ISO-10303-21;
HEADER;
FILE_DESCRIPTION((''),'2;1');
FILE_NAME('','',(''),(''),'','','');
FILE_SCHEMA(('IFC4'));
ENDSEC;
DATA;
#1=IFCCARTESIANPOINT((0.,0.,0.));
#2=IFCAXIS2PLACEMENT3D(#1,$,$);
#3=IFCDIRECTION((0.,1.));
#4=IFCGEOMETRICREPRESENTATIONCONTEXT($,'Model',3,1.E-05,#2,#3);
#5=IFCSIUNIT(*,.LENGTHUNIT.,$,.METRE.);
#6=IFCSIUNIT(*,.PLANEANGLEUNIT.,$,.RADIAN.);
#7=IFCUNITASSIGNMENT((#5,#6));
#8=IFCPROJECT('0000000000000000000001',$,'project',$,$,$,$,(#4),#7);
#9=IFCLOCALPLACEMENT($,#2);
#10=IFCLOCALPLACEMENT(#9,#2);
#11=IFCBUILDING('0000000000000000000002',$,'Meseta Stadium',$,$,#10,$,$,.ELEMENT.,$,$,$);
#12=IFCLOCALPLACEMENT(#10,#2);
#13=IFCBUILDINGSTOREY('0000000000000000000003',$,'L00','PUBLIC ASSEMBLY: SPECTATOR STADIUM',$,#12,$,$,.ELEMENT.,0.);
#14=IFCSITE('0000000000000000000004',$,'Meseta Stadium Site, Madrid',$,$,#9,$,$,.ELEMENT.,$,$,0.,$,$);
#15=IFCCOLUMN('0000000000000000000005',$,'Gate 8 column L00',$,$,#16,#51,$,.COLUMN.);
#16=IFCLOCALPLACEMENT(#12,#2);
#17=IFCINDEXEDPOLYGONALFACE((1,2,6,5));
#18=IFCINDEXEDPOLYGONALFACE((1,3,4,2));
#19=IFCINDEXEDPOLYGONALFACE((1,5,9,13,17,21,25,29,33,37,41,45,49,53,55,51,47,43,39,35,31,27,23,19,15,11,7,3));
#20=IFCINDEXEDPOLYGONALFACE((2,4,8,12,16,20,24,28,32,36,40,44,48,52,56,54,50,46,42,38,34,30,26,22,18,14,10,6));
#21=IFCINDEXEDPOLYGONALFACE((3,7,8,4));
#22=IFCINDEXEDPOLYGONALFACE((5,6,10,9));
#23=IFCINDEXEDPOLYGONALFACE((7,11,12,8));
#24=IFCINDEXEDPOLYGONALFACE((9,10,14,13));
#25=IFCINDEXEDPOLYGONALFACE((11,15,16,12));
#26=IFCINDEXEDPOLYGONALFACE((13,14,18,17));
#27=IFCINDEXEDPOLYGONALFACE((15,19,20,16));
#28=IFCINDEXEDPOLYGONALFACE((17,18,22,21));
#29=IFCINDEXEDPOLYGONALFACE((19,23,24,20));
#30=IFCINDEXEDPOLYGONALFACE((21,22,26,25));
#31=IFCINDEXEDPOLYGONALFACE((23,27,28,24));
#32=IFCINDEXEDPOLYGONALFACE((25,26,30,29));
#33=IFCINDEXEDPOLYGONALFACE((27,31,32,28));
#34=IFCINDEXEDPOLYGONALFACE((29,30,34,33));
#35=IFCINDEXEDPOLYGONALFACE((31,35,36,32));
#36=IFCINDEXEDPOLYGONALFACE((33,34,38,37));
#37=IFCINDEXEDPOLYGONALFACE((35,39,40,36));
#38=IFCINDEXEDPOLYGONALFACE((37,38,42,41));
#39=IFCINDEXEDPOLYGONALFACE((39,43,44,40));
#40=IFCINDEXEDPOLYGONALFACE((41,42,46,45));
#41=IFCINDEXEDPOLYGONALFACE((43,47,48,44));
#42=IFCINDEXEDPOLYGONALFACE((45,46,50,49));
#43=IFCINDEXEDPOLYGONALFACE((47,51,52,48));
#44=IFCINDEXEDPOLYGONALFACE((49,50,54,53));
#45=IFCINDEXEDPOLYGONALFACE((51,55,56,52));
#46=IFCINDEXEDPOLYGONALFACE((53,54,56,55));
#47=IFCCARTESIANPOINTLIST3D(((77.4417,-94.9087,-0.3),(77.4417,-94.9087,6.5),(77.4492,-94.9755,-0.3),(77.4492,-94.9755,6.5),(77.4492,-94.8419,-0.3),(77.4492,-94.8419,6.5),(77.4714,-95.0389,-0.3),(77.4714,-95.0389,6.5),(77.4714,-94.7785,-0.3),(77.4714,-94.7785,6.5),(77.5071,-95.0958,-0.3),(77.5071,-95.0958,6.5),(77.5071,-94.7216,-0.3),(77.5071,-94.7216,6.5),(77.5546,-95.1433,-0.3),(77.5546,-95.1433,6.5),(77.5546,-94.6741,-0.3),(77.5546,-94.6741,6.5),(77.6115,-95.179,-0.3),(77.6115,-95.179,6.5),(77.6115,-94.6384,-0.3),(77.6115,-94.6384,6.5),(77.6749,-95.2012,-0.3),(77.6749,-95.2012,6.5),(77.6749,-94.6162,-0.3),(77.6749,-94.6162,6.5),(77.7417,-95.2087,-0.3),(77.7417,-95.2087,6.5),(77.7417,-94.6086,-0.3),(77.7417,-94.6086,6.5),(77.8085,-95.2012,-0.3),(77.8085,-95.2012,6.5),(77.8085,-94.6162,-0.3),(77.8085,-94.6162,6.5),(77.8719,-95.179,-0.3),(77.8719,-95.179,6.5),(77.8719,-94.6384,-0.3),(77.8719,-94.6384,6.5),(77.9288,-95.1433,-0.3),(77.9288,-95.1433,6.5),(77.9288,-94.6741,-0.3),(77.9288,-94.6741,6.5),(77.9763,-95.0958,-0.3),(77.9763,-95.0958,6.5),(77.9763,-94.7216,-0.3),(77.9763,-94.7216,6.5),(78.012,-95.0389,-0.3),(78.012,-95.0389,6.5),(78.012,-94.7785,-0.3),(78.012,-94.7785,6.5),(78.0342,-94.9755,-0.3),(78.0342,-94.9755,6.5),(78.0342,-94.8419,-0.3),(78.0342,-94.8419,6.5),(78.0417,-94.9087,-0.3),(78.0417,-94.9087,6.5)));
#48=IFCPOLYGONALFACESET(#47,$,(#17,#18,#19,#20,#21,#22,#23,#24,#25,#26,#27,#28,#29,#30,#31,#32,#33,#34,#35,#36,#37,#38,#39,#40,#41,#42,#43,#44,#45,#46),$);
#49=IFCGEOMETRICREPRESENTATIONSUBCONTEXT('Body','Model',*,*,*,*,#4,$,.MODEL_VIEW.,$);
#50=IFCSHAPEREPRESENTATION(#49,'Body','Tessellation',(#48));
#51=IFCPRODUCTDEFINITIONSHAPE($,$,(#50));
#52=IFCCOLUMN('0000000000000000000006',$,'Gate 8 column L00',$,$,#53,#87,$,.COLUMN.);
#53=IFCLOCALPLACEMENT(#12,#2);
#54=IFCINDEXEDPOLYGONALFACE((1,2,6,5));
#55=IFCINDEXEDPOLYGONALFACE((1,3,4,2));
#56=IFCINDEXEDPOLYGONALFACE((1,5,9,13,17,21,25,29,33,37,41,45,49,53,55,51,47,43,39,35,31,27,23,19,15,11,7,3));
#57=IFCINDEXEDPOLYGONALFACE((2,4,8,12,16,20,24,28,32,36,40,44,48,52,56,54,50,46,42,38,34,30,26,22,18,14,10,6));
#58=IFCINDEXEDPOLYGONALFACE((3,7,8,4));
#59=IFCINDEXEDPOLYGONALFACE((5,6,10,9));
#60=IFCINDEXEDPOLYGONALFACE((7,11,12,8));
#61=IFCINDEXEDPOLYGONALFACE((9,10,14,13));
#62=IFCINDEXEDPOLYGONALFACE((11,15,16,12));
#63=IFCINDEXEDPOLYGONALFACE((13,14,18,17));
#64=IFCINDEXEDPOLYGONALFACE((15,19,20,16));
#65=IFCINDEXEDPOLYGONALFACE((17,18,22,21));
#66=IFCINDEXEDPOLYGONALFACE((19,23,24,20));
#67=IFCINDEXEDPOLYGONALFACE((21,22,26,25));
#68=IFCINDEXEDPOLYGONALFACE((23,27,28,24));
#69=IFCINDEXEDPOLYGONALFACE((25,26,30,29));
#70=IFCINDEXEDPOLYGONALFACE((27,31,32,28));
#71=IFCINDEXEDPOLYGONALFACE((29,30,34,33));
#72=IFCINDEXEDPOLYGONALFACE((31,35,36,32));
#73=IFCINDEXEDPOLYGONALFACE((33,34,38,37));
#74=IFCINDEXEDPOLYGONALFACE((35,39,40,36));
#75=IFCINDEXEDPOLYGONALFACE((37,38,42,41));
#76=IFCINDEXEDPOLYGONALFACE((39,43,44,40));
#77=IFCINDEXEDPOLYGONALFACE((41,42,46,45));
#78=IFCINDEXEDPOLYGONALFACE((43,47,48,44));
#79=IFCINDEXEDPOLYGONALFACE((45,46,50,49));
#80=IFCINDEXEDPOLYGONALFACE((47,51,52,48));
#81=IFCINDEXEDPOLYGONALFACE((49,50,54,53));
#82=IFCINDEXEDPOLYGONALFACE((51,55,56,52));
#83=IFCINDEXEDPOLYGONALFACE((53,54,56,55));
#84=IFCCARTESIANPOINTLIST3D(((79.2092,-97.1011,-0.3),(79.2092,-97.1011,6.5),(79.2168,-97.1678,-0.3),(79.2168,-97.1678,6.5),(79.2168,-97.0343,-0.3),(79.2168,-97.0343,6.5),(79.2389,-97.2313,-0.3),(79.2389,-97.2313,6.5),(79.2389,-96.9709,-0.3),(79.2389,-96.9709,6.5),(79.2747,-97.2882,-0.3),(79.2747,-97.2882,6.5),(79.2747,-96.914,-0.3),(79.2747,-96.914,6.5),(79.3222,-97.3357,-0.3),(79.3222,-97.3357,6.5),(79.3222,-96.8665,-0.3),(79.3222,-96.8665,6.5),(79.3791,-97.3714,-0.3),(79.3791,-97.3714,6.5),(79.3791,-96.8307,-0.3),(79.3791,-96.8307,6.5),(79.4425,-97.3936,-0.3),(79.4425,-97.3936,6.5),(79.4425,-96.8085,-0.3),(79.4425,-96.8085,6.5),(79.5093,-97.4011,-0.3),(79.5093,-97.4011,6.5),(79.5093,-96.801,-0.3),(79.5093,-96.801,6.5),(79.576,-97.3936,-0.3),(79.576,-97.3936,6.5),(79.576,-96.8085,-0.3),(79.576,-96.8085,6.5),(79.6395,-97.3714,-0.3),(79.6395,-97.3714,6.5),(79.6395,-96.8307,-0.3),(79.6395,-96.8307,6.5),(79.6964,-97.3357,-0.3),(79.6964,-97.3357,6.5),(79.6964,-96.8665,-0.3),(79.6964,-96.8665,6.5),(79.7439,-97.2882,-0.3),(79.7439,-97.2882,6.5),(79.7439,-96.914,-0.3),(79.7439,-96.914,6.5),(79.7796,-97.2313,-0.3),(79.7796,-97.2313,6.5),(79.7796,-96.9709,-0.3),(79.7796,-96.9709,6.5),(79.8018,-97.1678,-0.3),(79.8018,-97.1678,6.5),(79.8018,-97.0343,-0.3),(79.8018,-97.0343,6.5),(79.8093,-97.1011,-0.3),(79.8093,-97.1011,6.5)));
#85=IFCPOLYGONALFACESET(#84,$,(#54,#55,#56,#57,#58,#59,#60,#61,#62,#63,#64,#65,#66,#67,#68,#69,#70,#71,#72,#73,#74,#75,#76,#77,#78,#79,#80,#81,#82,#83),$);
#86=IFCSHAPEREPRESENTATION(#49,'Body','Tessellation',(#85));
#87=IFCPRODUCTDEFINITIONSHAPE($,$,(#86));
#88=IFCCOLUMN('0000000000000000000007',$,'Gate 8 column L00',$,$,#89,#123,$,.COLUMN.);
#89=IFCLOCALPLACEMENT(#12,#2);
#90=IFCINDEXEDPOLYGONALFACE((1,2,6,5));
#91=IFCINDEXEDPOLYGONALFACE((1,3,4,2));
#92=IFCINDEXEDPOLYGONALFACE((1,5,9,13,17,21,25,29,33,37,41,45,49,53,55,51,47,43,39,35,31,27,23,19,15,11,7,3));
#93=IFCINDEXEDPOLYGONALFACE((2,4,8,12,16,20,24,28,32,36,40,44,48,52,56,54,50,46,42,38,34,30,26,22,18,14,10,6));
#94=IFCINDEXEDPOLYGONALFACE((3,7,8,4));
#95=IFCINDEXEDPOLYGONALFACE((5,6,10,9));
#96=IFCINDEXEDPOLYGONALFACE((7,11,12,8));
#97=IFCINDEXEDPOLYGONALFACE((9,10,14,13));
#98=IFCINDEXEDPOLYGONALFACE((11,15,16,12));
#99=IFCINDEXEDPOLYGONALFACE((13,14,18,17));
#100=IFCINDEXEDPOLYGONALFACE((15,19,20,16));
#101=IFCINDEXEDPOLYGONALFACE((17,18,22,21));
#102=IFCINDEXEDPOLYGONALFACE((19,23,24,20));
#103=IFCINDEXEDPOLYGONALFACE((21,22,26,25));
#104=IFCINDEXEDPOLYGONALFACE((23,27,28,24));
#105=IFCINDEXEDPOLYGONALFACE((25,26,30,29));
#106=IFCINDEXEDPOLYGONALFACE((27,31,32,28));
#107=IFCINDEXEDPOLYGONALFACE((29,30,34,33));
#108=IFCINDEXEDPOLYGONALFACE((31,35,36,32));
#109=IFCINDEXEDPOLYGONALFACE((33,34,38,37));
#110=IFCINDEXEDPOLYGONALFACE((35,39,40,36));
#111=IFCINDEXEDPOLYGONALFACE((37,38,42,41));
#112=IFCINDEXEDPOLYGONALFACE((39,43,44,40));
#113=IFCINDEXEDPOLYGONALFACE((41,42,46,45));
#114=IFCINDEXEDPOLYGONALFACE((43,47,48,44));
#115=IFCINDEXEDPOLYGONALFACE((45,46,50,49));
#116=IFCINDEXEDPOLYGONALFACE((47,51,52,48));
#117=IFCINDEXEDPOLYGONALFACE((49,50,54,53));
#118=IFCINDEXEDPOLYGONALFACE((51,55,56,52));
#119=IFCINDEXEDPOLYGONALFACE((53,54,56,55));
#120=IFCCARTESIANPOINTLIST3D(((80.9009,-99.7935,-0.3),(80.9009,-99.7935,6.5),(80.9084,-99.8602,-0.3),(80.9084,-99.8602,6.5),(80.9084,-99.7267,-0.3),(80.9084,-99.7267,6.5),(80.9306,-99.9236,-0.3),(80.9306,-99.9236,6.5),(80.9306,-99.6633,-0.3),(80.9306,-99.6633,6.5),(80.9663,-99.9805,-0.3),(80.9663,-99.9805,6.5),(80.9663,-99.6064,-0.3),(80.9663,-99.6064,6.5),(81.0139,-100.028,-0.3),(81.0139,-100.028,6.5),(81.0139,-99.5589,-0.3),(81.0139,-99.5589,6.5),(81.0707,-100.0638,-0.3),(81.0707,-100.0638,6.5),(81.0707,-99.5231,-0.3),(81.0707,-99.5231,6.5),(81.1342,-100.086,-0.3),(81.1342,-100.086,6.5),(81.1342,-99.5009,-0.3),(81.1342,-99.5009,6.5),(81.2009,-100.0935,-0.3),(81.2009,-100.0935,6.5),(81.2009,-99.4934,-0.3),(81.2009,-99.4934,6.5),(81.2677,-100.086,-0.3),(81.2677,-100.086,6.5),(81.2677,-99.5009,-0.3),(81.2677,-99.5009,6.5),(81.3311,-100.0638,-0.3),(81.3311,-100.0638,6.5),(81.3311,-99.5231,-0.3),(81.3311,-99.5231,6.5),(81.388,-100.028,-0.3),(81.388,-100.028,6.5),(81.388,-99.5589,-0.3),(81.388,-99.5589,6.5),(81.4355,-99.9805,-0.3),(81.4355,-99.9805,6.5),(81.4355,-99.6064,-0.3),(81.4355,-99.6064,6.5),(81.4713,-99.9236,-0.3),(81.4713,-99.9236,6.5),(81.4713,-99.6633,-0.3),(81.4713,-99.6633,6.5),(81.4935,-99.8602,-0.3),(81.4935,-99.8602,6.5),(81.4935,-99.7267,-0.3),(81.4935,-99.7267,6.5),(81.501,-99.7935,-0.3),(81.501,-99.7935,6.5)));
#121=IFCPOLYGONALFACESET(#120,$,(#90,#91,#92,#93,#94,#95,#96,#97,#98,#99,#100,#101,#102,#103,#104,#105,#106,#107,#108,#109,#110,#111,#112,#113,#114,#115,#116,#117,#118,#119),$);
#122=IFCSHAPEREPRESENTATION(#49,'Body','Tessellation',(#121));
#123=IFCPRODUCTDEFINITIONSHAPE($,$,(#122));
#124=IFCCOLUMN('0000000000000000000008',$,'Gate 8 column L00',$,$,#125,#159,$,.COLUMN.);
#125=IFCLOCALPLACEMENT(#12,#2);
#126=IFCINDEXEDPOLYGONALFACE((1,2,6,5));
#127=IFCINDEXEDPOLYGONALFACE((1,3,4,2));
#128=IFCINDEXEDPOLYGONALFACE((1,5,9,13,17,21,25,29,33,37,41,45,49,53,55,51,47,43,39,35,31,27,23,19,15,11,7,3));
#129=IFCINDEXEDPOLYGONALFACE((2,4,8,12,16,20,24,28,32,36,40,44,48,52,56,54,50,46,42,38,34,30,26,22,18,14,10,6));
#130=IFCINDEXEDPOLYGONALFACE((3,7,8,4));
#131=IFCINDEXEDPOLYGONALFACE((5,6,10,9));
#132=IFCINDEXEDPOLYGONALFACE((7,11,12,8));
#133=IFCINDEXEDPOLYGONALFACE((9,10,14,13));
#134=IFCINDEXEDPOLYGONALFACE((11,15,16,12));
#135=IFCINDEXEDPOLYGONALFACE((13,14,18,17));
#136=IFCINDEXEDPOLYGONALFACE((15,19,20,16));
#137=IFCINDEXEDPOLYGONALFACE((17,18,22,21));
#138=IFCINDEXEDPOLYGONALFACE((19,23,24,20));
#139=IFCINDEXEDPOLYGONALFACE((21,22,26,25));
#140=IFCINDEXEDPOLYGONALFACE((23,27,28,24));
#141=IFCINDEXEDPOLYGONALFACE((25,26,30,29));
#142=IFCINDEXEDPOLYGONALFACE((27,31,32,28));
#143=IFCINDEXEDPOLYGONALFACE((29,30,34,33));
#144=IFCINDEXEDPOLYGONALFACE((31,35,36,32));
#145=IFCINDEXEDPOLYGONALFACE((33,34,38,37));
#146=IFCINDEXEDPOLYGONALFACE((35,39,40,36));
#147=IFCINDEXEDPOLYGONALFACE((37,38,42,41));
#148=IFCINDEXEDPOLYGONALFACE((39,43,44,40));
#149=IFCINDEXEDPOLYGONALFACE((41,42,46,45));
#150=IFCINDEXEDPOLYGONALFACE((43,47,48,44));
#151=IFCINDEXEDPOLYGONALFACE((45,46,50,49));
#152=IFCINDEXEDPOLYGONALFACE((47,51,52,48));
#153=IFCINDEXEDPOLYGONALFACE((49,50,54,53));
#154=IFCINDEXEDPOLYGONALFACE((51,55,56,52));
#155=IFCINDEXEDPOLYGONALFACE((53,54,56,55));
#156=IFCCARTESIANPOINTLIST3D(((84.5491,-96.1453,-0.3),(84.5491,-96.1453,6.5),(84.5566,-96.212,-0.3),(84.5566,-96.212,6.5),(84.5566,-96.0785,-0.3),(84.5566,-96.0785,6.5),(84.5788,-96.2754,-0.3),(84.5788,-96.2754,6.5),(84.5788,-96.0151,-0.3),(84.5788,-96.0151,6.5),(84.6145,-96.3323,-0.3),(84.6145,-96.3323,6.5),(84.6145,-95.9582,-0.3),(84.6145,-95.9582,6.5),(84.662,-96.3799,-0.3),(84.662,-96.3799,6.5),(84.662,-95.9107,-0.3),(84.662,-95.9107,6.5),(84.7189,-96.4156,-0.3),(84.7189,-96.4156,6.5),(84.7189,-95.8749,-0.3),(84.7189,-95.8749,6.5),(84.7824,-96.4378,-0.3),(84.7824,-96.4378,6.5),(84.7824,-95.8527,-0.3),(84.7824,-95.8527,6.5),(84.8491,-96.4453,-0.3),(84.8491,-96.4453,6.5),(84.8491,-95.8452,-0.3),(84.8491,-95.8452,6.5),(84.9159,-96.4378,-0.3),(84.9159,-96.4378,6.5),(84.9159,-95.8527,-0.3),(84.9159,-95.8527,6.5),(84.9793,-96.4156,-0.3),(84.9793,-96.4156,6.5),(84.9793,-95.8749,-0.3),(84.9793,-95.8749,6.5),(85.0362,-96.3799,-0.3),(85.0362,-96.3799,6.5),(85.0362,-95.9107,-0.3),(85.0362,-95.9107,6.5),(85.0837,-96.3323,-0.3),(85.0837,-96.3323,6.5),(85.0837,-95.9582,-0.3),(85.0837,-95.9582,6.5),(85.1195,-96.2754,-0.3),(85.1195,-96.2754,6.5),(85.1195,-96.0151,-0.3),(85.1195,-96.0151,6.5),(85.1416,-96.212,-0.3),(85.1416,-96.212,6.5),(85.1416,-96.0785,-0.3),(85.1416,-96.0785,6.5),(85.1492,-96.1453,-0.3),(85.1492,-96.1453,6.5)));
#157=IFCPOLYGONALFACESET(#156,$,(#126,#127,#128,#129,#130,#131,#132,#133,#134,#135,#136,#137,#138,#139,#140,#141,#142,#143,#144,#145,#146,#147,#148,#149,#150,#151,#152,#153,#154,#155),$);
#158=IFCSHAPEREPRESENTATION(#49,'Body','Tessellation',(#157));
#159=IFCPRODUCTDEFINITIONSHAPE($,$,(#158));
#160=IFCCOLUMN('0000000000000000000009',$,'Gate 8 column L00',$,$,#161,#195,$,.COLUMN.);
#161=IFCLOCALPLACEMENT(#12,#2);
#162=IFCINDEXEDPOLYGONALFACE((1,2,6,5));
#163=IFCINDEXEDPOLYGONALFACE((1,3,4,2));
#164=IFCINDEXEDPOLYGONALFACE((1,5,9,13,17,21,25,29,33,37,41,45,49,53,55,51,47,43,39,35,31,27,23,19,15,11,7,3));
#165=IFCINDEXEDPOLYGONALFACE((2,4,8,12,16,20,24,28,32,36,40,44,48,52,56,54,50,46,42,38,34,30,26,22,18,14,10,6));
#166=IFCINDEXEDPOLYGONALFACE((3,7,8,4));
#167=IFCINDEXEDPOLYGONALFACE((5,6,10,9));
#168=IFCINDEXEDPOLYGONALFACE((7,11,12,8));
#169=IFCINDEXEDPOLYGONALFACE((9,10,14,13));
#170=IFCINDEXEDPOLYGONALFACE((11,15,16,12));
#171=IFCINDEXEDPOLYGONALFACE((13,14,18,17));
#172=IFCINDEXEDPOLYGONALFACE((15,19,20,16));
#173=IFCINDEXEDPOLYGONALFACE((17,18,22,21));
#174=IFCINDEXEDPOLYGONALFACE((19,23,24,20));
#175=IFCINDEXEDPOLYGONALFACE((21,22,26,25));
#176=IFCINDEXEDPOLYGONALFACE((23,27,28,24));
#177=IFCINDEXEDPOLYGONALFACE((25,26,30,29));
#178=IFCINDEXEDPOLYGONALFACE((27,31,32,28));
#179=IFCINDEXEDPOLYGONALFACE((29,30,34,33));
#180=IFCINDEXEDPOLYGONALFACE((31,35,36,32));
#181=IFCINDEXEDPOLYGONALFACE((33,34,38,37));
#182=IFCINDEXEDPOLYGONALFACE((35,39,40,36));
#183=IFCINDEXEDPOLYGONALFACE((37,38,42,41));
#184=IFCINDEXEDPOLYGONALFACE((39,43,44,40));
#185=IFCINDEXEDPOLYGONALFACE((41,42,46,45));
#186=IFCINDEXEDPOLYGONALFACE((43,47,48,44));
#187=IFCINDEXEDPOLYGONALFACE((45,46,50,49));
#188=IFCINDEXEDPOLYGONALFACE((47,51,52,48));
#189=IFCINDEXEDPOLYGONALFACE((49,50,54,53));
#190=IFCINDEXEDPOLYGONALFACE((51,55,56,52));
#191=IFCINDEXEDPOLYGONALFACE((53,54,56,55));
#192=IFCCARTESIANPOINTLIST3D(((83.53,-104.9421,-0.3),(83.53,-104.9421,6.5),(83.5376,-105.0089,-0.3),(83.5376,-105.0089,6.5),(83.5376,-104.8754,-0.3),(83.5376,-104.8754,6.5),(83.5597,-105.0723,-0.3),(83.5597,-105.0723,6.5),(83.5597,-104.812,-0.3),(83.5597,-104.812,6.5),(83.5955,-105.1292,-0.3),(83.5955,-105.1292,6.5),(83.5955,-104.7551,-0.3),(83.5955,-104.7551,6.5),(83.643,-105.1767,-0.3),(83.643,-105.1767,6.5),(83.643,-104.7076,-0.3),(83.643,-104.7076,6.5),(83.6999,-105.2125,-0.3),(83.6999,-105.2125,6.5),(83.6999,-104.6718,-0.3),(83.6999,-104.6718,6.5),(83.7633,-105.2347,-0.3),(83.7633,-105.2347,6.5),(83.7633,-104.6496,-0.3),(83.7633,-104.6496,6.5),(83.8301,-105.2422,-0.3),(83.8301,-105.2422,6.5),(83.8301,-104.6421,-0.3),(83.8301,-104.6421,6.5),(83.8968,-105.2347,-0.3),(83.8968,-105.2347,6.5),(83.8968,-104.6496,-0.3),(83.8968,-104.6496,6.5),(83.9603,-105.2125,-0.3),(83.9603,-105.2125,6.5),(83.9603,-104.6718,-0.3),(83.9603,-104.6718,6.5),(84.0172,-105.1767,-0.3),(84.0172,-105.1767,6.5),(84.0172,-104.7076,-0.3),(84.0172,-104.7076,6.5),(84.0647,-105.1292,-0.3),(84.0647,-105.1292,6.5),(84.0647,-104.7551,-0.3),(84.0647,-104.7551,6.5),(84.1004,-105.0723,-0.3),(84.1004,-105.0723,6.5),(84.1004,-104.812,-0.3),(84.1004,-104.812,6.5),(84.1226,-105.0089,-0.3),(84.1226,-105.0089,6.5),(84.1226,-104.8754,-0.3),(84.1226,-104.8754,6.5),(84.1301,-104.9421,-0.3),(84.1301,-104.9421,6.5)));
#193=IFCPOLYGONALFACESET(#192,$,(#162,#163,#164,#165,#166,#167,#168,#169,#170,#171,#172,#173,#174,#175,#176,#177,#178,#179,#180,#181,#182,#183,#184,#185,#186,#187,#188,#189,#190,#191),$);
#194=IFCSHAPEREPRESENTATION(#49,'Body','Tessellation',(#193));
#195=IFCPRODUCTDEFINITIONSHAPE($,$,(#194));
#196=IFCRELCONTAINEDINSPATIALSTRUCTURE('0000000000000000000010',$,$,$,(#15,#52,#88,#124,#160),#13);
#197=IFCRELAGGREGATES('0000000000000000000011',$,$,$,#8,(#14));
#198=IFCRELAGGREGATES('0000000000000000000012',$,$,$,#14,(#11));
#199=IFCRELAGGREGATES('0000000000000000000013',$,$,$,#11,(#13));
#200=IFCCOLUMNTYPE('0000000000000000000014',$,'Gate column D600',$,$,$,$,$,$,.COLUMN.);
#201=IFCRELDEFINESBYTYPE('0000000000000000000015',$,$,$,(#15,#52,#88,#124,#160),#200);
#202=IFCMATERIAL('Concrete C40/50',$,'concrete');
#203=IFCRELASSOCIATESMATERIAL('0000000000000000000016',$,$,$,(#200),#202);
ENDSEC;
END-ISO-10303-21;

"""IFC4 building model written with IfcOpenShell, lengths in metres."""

from ifc_helpers import new_model, si_unit, direction, frame, origin, origin_2d, place, context, subcontext, project, spatial, circle, extrude, material, material_profile, profile_set, type_object, element, save


model = new_model("IFC4")

# Units and contexts
model_context = context("Model", 3, precision=1e-05, world=origin(), true_north=direction((0.0, 1.0)))
body_context = subcontext(model_context, "Body", "Model", "MODEL_VIEW")
ifc_project = project(units=[si_unit("LENGTHUNIT", "METRE"), si_unit("PLANEANGLEUNIT", "RADIAN")], contexts=[model_context])

# Site, building, storey
site_placement = place(None, origin())
site = spatial("IfcSite", under=ifc_project, at=site_placement, Name="Meseta Stadium Site, Madrid", CompositionType="ELEMENT", RefElevation=0.0)
building_placement = place(site_placement, origin())
building = spatial("IfcBuilding", under=site, at=building_placement, Name="Meseta Stadium", CompositionType="ELEMENT")
storey_placement = place(building_placement, origin())
storey = spatial("IfcBuildingStorey", under=building, at=storey_placement, Name="L00", Description="PUBLIC ASSEMBLY: SPECTATOR STADIUM", CompositionType="ELEMENT", Elevation=0.0)

# Columns
ifc_material_1 = material(Name="Concrete C40/50", Category="concrete")
ifc_material_profile_1 = material_profile(ifc_material_1, circle(Radius=0.3, at=origin_2d()), Name="RC D600")
ifc_profile_set_1 = profile_set([ifc_material_profile_1], Name="Concrete C40/50")
column_type_1 = type_object("IfcColumnType", Name="Gate column D600", PredefinedType="COLUMN", material=ifc_profile_set_1)
for number, where, z_axis, x_axis, name in (
    (1, (77.7417, -94.9087, -0.3), (0.0, 0.0, 1.0), (1.0, 0.0, 0.0), "Gate 8 column L00"),
    (2, (79.5093, -97.1011, -0.3), (0.0, 0.0, 1.0), (1.0, 0.0, 0.0), "Gate 8 column L00"),
    (3, (81.2009, -99.7935, -0.3), (0.0, 0.0, 1.0), (1.0, 0.0, 0.0), "Gate 8 column L00"),
    (4, (84.8491, -96.1453, -0.3), (0.0, 0.0, 1.0), (1.0, 0.0, 0.0), "Gate 8 column L00"),
    (5, (83.8301, -104.9421, -0.3), (0.0, 0.0, 1.0), (1.0, 0.0, 0.0), "Gate 8 column L00"),
):
    element("IfcColumn", number, at=place(storey_placement, frame(where, z_axis=z_axis, x_axis=x_axis)), inside=storey, type_object=column_type_1, Name=name, PredefinedType="COLUMN", context=body_context, shape_type="SweptSolid", body=[
        extrude(circle(Radius=0.3, at=origin_2d()), origin(), (0.0, 0.0, 1.0), 6.8),
    ])

save(model, "model.ifc")
